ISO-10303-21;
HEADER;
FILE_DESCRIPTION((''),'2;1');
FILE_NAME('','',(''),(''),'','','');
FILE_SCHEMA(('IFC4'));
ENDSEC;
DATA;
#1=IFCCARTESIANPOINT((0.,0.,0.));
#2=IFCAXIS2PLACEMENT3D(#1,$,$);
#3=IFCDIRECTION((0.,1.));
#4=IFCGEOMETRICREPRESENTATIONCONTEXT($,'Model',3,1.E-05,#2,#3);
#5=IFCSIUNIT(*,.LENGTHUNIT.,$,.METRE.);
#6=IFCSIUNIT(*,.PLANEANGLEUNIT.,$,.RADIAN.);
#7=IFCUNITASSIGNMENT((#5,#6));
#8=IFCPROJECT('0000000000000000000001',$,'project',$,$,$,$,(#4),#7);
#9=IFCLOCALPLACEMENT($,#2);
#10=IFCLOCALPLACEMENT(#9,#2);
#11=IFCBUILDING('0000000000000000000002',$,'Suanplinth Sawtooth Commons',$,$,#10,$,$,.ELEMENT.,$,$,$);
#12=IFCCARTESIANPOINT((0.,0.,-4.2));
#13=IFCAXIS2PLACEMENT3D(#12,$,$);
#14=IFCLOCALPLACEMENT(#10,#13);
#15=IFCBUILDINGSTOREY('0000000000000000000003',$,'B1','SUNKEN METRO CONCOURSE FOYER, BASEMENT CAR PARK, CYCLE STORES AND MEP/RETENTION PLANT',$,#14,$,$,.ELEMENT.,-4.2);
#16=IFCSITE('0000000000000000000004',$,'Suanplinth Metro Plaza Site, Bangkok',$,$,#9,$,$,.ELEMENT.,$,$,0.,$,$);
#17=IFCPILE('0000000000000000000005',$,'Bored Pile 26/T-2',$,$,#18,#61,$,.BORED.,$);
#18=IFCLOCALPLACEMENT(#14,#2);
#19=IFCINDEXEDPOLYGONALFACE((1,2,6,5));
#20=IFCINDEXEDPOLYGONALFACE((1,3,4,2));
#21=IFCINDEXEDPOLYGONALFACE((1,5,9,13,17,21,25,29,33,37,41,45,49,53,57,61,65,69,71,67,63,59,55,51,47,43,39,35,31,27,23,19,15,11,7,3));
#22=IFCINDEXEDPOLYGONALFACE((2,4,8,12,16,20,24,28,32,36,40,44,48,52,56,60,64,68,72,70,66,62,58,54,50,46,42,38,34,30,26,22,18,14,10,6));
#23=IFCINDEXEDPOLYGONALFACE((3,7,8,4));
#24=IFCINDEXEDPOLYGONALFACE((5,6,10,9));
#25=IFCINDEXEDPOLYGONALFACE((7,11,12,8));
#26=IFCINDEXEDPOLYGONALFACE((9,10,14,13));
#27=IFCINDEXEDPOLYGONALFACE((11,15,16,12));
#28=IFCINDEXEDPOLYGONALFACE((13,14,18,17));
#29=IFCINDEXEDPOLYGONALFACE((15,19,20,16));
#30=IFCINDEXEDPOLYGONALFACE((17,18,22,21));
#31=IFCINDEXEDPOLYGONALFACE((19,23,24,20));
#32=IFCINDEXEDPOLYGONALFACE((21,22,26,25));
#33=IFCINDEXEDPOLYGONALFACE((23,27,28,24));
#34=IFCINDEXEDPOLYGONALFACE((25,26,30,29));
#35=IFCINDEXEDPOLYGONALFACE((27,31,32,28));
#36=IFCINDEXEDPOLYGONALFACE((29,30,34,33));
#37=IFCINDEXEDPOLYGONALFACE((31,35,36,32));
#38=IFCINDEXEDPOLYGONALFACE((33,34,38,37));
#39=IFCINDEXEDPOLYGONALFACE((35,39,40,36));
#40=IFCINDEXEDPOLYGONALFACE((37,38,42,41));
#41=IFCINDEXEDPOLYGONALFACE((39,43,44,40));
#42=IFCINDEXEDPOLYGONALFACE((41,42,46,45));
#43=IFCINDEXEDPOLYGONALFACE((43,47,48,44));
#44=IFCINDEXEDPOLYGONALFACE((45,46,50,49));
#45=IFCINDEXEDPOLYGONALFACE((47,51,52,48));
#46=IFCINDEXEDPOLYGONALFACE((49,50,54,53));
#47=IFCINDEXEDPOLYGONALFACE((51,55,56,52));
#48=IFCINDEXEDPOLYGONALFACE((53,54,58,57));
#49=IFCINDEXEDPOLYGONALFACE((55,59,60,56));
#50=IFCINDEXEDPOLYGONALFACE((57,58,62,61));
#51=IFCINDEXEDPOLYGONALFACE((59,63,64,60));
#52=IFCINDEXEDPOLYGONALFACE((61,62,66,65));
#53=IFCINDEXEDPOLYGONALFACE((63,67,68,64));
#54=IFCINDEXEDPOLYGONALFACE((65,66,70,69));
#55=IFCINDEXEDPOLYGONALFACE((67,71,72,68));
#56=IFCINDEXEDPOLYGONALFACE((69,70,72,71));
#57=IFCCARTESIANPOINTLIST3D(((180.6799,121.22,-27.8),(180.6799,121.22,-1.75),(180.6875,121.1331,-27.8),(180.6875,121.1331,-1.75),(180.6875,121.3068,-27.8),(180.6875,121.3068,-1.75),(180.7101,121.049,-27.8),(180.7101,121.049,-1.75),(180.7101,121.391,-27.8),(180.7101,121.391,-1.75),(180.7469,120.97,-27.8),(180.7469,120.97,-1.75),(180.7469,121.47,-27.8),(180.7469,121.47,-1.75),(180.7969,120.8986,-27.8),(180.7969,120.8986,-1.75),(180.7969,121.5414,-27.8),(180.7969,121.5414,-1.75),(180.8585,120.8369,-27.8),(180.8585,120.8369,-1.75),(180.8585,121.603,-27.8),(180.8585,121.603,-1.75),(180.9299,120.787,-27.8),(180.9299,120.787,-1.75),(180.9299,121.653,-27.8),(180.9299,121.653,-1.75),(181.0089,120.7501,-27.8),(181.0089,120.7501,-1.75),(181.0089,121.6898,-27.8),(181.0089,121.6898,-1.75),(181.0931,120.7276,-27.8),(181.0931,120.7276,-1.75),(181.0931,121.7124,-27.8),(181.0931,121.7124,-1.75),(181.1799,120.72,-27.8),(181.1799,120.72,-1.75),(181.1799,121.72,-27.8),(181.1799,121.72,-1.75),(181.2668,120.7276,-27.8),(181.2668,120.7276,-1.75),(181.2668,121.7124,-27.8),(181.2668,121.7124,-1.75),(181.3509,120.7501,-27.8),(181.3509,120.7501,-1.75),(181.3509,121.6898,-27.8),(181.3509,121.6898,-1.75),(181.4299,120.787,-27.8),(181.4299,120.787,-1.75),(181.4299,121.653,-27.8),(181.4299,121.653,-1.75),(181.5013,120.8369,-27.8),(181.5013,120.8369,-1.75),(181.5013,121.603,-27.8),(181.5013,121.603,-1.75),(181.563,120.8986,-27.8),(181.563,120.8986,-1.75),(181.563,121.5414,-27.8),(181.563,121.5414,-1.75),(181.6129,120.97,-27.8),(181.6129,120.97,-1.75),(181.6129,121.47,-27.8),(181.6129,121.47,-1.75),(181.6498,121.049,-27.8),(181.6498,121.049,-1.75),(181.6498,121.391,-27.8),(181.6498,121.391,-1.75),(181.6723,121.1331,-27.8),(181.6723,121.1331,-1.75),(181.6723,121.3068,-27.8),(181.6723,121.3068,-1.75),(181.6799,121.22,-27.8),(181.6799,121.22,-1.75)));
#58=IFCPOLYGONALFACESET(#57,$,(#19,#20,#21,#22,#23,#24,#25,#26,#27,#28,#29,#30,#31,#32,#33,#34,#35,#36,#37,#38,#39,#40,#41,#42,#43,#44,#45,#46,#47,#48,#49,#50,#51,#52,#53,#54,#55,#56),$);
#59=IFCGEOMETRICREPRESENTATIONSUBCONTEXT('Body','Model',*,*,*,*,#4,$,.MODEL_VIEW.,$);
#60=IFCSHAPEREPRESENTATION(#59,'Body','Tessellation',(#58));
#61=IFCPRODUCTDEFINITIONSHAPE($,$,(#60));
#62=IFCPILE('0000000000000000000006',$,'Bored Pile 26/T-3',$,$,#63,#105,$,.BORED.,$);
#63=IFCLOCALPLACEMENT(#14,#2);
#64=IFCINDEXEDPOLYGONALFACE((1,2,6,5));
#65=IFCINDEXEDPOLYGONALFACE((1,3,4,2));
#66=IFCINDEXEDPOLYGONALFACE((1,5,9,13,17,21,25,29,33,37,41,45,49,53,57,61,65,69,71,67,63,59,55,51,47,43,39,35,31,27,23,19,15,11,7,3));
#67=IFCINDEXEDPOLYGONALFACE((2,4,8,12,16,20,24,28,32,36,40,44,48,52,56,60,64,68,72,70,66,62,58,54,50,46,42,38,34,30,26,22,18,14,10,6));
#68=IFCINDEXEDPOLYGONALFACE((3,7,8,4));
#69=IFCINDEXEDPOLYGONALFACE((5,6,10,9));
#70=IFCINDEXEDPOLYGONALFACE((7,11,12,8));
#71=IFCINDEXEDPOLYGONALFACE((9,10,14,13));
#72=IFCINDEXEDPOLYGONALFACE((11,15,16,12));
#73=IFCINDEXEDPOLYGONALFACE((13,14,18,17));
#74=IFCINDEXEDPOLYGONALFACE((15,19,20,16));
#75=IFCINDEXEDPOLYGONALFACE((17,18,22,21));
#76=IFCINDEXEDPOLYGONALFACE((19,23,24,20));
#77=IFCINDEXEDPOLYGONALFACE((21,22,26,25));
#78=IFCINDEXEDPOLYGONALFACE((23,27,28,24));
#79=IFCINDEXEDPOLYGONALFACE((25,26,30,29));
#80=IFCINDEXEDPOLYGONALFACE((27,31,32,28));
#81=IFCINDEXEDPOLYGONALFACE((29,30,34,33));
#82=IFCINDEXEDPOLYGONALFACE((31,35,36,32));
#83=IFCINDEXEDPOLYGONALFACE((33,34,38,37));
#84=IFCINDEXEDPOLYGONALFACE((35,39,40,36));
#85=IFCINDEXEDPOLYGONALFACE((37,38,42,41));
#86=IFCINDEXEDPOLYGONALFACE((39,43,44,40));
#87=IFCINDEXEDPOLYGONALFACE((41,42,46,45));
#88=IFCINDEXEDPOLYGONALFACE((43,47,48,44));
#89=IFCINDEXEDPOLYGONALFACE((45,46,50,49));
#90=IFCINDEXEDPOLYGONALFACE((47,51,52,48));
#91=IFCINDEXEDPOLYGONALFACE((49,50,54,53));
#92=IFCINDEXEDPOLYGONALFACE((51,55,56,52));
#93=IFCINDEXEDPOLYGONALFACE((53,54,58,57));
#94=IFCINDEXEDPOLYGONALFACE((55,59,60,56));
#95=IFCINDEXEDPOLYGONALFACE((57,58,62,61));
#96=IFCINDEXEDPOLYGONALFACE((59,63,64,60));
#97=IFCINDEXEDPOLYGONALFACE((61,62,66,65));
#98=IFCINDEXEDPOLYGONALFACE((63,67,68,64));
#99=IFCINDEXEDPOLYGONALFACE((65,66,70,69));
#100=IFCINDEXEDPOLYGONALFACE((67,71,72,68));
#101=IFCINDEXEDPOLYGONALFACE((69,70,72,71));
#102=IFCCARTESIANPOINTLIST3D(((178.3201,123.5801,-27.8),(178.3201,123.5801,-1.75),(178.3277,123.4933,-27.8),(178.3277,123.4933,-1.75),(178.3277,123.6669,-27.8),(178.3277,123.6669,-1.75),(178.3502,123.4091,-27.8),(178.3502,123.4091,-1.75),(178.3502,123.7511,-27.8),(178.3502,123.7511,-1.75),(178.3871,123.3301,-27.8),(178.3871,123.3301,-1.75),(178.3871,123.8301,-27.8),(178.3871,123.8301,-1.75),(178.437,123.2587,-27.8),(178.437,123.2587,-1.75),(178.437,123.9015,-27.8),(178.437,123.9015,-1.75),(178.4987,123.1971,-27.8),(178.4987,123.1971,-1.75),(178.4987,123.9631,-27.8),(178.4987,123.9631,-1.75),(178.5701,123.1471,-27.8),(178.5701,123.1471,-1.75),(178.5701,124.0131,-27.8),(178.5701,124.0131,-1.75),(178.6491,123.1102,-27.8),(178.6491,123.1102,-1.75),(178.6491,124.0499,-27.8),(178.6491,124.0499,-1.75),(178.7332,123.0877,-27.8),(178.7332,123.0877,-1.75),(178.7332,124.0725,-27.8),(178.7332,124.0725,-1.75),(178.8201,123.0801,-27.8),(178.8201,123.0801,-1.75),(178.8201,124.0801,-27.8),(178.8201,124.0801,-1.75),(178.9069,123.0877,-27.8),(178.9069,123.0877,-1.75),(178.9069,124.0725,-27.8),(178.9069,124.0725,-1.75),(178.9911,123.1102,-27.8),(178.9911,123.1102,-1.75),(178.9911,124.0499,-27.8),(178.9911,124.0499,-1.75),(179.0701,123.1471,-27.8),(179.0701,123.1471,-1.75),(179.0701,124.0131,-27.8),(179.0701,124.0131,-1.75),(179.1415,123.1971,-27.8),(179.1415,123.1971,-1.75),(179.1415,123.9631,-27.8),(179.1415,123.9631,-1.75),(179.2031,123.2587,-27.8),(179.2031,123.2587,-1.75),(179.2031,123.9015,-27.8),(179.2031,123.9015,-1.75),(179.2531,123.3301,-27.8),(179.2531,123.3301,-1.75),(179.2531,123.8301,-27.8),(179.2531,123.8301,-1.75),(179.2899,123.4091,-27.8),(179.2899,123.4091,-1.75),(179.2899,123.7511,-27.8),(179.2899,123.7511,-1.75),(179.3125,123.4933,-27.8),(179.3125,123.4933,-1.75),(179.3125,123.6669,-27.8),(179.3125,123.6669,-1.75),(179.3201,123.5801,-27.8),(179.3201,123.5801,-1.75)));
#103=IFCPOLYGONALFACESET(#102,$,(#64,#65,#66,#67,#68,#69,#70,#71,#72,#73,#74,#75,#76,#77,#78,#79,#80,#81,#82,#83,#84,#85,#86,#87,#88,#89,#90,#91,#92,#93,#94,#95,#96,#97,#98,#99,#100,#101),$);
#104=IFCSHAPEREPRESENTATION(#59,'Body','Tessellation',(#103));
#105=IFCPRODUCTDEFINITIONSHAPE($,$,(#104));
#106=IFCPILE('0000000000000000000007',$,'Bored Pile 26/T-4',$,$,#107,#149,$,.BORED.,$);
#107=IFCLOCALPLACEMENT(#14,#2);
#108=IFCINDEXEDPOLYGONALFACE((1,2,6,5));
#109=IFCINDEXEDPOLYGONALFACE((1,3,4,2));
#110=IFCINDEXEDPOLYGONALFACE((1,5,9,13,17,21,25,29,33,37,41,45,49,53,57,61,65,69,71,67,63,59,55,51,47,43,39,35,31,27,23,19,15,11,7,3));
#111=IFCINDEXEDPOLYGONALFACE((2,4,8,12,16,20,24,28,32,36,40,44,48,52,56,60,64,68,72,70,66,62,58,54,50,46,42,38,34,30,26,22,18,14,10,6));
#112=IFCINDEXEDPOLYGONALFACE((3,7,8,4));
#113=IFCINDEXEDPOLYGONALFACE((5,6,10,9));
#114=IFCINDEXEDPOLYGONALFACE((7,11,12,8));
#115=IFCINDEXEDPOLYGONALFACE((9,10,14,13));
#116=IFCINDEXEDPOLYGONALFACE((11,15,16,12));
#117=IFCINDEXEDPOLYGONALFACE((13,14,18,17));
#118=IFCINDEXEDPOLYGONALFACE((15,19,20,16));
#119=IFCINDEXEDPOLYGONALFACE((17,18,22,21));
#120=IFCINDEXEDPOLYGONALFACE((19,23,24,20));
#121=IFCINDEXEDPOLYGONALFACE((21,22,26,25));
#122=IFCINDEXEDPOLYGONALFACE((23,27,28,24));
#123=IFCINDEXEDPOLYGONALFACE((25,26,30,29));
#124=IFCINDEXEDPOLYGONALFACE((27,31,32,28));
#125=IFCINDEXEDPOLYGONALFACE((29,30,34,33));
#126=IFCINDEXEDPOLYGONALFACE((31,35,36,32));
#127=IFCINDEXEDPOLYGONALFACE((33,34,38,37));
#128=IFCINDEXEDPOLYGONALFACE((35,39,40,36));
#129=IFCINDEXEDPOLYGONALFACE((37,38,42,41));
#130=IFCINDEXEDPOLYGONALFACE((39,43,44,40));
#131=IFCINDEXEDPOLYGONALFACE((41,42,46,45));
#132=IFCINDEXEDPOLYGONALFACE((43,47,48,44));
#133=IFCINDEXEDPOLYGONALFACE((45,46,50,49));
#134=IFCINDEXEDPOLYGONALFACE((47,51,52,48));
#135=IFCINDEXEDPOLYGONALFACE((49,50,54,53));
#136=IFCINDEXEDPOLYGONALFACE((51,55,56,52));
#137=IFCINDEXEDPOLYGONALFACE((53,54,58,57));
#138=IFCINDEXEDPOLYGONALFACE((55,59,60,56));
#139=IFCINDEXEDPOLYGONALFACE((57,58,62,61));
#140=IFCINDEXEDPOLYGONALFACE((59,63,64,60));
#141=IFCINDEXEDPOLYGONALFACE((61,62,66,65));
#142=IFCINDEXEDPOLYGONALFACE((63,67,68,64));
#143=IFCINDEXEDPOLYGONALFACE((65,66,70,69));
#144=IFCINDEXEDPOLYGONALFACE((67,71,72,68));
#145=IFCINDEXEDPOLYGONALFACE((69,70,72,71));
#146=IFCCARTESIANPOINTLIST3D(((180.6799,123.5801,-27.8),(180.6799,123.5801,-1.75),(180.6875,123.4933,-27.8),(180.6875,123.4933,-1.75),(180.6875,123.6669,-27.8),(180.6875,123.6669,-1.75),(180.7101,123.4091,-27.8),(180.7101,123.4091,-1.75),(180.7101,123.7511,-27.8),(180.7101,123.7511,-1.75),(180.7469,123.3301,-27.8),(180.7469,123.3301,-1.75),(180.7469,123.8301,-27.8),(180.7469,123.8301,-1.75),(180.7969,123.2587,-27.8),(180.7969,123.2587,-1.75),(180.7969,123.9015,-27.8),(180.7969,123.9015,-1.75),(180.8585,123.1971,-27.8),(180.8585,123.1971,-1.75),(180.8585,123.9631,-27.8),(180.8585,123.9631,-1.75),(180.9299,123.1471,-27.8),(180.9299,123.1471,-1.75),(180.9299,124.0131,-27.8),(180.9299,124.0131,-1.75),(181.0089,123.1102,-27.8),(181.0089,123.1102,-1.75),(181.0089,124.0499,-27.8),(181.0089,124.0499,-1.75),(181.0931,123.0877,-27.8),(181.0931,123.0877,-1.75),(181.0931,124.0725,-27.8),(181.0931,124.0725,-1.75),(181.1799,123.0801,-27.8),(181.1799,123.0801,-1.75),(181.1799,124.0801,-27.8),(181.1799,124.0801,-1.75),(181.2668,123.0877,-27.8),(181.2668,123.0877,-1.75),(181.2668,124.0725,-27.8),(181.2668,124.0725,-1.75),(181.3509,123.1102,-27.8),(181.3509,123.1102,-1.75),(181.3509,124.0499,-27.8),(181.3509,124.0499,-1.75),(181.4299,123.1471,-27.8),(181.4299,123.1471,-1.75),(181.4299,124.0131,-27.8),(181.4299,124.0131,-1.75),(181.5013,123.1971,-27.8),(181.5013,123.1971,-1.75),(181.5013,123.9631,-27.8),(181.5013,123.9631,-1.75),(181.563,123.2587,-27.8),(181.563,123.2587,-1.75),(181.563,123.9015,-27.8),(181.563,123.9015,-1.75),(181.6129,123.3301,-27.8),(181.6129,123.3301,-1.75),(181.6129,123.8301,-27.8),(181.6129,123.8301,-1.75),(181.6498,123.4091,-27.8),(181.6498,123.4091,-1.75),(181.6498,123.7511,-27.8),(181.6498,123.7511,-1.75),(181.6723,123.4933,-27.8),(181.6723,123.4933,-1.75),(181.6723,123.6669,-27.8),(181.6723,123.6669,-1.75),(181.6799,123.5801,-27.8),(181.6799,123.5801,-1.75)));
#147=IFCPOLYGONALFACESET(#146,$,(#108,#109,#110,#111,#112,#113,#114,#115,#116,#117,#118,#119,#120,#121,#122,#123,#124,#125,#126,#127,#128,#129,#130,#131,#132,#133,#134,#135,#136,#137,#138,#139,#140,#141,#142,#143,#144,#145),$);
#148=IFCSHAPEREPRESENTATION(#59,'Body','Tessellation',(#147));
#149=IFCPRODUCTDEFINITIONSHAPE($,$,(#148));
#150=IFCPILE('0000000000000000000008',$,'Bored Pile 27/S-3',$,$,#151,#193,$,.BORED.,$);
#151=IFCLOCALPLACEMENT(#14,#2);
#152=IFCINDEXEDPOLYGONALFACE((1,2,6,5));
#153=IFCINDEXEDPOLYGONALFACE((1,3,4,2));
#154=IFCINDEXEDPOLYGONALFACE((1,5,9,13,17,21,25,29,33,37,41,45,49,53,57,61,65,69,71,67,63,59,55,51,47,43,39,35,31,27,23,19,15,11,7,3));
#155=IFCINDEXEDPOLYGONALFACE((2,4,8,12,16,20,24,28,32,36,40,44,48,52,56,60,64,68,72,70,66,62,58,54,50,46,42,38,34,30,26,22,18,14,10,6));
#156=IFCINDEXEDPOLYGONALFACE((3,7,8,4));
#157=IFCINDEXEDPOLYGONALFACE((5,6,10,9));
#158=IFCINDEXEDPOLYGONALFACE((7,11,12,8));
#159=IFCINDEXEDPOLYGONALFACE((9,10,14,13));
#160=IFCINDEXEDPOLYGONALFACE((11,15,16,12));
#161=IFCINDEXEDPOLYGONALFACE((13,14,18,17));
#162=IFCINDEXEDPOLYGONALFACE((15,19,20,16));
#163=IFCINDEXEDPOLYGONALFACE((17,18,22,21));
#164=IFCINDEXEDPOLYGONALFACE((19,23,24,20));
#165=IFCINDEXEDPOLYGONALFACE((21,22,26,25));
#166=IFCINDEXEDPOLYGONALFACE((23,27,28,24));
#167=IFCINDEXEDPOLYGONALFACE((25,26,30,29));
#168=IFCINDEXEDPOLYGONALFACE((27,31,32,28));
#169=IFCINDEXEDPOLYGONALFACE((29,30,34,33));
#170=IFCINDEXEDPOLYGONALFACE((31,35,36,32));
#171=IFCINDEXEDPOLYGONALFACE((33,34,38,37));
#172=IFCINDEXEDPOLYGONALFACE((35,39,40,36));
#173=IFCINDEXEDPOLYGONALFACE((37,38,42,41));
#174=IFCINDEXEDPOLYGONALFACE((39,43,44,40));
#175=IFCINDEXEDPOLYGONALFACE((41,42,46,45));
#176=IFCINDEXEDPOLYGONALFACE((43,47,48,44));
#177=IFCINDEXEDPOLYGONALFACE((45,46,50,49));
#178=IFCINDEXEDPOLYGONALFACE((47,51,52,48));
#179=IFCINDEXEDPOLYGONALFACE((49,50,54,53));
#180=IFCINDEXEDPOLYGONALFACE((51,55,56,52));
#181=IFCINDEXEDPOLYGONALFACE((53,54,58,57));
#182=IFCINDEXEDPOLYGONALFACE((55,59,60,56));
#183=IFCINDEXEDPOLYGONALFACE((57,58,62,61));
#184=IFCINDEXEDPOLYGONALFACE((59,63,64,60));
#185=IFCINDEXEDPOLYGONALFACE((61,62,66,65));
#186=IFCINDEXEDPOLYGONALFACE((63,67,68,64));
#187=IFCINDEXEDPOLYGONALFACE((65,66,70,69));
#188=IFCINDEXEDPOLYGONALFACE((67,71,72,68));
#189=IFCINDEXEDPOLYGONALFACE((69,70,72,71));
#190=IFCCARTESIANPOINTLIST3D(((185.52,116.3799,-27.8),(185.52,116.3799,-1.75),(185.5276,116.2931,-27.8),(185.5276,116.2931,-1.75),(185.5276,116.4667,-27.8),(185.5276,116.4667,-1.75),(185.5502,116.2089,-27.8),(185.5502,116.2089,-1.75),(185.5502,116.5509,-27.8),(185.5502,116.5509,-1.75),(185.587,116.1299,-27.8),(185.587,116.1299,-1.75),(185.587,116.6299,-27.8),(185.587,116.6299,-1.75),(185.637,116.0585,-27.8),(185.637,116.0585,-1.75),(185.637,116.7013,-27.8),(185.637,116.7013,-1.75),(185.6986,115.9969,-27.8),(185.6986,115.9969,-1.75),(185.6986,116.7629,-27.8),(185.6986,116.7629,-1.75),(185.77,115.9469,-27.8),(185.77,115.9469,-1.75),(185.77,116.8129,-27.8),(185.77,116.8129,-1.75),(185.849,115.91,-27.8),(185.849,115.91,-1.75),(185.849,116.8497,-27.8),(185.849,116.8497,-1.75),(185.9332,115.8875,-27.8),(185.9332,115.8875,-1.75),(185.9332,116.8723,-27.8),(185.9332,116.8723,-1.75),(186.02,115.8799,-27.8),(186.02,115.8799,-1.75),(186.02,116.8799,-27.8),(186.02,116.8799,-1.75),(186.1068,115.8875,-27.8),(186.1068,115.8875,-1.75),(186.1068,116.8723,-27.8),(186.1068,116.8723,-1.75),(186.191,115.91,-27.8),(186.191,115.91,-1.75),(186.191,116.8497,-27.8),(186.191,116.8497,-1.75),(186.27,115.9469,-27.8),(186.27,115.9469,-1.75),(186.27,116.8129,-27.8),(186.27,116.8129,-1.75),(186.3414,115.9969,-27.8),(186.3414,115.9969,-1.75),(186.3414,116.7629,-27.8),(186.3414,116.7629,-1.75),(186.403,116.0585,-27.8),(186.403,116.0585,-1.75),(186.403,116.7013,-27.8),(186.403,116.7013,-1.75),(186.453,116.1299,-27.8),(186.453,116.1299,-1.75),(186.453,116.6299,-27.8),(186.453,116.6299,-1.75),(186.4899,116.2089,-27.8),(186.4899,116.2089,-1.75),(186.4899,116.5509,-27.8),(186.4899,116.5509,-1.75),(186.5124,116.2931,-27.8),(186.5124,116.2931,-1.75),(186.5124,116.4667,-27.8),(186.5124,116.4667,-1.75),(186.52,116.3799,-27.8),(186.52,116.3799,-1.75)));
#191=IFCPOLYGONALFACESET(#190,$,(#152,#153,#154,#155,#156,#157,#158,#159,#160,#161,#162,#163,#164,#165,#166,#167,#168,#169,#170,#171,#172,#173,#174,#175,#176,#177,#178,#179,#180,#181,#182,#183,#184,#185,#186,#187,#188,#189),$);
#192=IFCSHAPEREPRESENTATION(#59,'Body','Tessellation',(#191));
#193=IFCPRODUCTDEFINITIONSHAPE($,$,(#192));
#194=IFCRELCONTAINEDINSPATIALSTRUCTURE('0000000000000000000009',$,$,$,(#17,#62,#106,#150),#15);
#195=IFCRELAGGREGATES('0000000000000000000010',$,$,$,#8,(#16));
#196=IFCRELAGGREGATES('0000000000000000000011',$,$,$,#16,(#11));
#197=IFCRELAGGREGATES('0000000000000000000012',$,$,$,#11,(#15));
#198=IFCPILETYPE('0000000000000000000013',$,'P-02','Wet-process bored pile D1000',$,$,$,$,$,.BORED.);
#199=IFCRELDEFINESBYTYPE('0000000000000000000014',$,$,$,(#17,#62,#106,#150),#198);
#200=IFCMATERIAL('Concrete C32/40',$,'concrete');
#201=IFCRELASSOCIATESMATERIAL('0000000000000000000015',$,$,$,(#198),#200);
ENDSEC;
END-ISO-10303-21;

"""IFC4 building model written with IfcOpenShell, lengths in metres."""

from ifc_helpers import new_model, si_unit, direction, frame, origin, origin_2d, place, context, subcontext, project, spatial, circle, extrude, material, material_profile, profile_set, type_object, element, save


model = new_model("IFC4")

# Units and contexts
model_context = context("Model", 3, precision=1e-05, world=origin(), true_north=direction((0.0, 1.0)))
body_context = subcontext(model_context, "Body", "Model", "MODEL_VIEW")
ifc_project = project(units=[si_unit("LENGTHUNIT", "METRE"), si_unit("PLANEANGLEUNIT", "RADIAN")], contexts=[model_context])

# Site, building, storey
site_placement = place(None, origin())
site = spatial("IfcSite", under=ifc_project, at=site_placement, Name="Suanplinth Metro Plaza Site, Bangkok", CompositionType="ELEMENT", RefElevation=0.0)
building_placement = place(site_placement, origin())
building = spatial("IfcBuilding", under=site, at=building_placement, Name="Suanplinth Sawtooth Commons", CompositionType="ELEMENT")
storey_placement = place(building_placement, frame((0.0, 0.0, -4.2)))
storey = spatial("IfcBuildingStorey", under=building, at=storey_placement, Name="B1", Description="SUNKEN METRO CONCOURSE FOYER, BASEMENT CAR PARK, CYCLE STORES AND MEP/RETENTION PLANT", CompositionType="ELEMENT", Elevation=-4.2)

# Piles
ifc_material_1 = material(Name="Concrete C32/40", Category="concrete")
ifc_material_profile_1 = material_profile(ifc_material_1, circle(Radius=0.5, at=origin_2d()), Name="PILE D1000")
ifc_profile_set_1 = profile_set([ifc_material_profile_1], Name="Concrete C32/40")
pile_type = type_object("IfcPileType", Name="P-02", Description="Wet-process bored pile D1000", PredefinedType="BORED", material=ifc_profile_set_1)
for number, where, z_axis, x_axis, name in (
    (1, (181.1799, 121.22, -1.75), (0.0, 0.0, -1.0), (1.0, 0.0, 0.0), "Bored Pile 26/T-2"),
    (2, (178.8201, 123.5801, -1.75), (0.0, 0.0, -1.0), (1.0, 0.0, 0.0), "Bored Pile 26/T-3"),
    (3, (181.1799, 123.5801, -1.75), (0.0, 0.0, -1.0), (1.0, 0.0, 0.0), "Bored Pile 26/T-4"),
    (4, (186.02, 116.3799, -1.75), (0.0, 0.0, -1.0), (1.0, 0.0, 0.0), "Bored Pile 27/S-3"),
):
    element("IfcPile", number, at=place(storey_placement, frame(where, z_axis=z_axis, x_axis=x_axis)), inside=storey, type_object=pile_type, Name=name, PredefinedType="BORED", context=body_context, shape_type="SweptSolid", body=[
        extrude(circle(Radius=0.5, at=origin_2d()), origin(), (0.0, 0.0, 1.0), 26.05),
    ])

save(model, "model.ifc")
